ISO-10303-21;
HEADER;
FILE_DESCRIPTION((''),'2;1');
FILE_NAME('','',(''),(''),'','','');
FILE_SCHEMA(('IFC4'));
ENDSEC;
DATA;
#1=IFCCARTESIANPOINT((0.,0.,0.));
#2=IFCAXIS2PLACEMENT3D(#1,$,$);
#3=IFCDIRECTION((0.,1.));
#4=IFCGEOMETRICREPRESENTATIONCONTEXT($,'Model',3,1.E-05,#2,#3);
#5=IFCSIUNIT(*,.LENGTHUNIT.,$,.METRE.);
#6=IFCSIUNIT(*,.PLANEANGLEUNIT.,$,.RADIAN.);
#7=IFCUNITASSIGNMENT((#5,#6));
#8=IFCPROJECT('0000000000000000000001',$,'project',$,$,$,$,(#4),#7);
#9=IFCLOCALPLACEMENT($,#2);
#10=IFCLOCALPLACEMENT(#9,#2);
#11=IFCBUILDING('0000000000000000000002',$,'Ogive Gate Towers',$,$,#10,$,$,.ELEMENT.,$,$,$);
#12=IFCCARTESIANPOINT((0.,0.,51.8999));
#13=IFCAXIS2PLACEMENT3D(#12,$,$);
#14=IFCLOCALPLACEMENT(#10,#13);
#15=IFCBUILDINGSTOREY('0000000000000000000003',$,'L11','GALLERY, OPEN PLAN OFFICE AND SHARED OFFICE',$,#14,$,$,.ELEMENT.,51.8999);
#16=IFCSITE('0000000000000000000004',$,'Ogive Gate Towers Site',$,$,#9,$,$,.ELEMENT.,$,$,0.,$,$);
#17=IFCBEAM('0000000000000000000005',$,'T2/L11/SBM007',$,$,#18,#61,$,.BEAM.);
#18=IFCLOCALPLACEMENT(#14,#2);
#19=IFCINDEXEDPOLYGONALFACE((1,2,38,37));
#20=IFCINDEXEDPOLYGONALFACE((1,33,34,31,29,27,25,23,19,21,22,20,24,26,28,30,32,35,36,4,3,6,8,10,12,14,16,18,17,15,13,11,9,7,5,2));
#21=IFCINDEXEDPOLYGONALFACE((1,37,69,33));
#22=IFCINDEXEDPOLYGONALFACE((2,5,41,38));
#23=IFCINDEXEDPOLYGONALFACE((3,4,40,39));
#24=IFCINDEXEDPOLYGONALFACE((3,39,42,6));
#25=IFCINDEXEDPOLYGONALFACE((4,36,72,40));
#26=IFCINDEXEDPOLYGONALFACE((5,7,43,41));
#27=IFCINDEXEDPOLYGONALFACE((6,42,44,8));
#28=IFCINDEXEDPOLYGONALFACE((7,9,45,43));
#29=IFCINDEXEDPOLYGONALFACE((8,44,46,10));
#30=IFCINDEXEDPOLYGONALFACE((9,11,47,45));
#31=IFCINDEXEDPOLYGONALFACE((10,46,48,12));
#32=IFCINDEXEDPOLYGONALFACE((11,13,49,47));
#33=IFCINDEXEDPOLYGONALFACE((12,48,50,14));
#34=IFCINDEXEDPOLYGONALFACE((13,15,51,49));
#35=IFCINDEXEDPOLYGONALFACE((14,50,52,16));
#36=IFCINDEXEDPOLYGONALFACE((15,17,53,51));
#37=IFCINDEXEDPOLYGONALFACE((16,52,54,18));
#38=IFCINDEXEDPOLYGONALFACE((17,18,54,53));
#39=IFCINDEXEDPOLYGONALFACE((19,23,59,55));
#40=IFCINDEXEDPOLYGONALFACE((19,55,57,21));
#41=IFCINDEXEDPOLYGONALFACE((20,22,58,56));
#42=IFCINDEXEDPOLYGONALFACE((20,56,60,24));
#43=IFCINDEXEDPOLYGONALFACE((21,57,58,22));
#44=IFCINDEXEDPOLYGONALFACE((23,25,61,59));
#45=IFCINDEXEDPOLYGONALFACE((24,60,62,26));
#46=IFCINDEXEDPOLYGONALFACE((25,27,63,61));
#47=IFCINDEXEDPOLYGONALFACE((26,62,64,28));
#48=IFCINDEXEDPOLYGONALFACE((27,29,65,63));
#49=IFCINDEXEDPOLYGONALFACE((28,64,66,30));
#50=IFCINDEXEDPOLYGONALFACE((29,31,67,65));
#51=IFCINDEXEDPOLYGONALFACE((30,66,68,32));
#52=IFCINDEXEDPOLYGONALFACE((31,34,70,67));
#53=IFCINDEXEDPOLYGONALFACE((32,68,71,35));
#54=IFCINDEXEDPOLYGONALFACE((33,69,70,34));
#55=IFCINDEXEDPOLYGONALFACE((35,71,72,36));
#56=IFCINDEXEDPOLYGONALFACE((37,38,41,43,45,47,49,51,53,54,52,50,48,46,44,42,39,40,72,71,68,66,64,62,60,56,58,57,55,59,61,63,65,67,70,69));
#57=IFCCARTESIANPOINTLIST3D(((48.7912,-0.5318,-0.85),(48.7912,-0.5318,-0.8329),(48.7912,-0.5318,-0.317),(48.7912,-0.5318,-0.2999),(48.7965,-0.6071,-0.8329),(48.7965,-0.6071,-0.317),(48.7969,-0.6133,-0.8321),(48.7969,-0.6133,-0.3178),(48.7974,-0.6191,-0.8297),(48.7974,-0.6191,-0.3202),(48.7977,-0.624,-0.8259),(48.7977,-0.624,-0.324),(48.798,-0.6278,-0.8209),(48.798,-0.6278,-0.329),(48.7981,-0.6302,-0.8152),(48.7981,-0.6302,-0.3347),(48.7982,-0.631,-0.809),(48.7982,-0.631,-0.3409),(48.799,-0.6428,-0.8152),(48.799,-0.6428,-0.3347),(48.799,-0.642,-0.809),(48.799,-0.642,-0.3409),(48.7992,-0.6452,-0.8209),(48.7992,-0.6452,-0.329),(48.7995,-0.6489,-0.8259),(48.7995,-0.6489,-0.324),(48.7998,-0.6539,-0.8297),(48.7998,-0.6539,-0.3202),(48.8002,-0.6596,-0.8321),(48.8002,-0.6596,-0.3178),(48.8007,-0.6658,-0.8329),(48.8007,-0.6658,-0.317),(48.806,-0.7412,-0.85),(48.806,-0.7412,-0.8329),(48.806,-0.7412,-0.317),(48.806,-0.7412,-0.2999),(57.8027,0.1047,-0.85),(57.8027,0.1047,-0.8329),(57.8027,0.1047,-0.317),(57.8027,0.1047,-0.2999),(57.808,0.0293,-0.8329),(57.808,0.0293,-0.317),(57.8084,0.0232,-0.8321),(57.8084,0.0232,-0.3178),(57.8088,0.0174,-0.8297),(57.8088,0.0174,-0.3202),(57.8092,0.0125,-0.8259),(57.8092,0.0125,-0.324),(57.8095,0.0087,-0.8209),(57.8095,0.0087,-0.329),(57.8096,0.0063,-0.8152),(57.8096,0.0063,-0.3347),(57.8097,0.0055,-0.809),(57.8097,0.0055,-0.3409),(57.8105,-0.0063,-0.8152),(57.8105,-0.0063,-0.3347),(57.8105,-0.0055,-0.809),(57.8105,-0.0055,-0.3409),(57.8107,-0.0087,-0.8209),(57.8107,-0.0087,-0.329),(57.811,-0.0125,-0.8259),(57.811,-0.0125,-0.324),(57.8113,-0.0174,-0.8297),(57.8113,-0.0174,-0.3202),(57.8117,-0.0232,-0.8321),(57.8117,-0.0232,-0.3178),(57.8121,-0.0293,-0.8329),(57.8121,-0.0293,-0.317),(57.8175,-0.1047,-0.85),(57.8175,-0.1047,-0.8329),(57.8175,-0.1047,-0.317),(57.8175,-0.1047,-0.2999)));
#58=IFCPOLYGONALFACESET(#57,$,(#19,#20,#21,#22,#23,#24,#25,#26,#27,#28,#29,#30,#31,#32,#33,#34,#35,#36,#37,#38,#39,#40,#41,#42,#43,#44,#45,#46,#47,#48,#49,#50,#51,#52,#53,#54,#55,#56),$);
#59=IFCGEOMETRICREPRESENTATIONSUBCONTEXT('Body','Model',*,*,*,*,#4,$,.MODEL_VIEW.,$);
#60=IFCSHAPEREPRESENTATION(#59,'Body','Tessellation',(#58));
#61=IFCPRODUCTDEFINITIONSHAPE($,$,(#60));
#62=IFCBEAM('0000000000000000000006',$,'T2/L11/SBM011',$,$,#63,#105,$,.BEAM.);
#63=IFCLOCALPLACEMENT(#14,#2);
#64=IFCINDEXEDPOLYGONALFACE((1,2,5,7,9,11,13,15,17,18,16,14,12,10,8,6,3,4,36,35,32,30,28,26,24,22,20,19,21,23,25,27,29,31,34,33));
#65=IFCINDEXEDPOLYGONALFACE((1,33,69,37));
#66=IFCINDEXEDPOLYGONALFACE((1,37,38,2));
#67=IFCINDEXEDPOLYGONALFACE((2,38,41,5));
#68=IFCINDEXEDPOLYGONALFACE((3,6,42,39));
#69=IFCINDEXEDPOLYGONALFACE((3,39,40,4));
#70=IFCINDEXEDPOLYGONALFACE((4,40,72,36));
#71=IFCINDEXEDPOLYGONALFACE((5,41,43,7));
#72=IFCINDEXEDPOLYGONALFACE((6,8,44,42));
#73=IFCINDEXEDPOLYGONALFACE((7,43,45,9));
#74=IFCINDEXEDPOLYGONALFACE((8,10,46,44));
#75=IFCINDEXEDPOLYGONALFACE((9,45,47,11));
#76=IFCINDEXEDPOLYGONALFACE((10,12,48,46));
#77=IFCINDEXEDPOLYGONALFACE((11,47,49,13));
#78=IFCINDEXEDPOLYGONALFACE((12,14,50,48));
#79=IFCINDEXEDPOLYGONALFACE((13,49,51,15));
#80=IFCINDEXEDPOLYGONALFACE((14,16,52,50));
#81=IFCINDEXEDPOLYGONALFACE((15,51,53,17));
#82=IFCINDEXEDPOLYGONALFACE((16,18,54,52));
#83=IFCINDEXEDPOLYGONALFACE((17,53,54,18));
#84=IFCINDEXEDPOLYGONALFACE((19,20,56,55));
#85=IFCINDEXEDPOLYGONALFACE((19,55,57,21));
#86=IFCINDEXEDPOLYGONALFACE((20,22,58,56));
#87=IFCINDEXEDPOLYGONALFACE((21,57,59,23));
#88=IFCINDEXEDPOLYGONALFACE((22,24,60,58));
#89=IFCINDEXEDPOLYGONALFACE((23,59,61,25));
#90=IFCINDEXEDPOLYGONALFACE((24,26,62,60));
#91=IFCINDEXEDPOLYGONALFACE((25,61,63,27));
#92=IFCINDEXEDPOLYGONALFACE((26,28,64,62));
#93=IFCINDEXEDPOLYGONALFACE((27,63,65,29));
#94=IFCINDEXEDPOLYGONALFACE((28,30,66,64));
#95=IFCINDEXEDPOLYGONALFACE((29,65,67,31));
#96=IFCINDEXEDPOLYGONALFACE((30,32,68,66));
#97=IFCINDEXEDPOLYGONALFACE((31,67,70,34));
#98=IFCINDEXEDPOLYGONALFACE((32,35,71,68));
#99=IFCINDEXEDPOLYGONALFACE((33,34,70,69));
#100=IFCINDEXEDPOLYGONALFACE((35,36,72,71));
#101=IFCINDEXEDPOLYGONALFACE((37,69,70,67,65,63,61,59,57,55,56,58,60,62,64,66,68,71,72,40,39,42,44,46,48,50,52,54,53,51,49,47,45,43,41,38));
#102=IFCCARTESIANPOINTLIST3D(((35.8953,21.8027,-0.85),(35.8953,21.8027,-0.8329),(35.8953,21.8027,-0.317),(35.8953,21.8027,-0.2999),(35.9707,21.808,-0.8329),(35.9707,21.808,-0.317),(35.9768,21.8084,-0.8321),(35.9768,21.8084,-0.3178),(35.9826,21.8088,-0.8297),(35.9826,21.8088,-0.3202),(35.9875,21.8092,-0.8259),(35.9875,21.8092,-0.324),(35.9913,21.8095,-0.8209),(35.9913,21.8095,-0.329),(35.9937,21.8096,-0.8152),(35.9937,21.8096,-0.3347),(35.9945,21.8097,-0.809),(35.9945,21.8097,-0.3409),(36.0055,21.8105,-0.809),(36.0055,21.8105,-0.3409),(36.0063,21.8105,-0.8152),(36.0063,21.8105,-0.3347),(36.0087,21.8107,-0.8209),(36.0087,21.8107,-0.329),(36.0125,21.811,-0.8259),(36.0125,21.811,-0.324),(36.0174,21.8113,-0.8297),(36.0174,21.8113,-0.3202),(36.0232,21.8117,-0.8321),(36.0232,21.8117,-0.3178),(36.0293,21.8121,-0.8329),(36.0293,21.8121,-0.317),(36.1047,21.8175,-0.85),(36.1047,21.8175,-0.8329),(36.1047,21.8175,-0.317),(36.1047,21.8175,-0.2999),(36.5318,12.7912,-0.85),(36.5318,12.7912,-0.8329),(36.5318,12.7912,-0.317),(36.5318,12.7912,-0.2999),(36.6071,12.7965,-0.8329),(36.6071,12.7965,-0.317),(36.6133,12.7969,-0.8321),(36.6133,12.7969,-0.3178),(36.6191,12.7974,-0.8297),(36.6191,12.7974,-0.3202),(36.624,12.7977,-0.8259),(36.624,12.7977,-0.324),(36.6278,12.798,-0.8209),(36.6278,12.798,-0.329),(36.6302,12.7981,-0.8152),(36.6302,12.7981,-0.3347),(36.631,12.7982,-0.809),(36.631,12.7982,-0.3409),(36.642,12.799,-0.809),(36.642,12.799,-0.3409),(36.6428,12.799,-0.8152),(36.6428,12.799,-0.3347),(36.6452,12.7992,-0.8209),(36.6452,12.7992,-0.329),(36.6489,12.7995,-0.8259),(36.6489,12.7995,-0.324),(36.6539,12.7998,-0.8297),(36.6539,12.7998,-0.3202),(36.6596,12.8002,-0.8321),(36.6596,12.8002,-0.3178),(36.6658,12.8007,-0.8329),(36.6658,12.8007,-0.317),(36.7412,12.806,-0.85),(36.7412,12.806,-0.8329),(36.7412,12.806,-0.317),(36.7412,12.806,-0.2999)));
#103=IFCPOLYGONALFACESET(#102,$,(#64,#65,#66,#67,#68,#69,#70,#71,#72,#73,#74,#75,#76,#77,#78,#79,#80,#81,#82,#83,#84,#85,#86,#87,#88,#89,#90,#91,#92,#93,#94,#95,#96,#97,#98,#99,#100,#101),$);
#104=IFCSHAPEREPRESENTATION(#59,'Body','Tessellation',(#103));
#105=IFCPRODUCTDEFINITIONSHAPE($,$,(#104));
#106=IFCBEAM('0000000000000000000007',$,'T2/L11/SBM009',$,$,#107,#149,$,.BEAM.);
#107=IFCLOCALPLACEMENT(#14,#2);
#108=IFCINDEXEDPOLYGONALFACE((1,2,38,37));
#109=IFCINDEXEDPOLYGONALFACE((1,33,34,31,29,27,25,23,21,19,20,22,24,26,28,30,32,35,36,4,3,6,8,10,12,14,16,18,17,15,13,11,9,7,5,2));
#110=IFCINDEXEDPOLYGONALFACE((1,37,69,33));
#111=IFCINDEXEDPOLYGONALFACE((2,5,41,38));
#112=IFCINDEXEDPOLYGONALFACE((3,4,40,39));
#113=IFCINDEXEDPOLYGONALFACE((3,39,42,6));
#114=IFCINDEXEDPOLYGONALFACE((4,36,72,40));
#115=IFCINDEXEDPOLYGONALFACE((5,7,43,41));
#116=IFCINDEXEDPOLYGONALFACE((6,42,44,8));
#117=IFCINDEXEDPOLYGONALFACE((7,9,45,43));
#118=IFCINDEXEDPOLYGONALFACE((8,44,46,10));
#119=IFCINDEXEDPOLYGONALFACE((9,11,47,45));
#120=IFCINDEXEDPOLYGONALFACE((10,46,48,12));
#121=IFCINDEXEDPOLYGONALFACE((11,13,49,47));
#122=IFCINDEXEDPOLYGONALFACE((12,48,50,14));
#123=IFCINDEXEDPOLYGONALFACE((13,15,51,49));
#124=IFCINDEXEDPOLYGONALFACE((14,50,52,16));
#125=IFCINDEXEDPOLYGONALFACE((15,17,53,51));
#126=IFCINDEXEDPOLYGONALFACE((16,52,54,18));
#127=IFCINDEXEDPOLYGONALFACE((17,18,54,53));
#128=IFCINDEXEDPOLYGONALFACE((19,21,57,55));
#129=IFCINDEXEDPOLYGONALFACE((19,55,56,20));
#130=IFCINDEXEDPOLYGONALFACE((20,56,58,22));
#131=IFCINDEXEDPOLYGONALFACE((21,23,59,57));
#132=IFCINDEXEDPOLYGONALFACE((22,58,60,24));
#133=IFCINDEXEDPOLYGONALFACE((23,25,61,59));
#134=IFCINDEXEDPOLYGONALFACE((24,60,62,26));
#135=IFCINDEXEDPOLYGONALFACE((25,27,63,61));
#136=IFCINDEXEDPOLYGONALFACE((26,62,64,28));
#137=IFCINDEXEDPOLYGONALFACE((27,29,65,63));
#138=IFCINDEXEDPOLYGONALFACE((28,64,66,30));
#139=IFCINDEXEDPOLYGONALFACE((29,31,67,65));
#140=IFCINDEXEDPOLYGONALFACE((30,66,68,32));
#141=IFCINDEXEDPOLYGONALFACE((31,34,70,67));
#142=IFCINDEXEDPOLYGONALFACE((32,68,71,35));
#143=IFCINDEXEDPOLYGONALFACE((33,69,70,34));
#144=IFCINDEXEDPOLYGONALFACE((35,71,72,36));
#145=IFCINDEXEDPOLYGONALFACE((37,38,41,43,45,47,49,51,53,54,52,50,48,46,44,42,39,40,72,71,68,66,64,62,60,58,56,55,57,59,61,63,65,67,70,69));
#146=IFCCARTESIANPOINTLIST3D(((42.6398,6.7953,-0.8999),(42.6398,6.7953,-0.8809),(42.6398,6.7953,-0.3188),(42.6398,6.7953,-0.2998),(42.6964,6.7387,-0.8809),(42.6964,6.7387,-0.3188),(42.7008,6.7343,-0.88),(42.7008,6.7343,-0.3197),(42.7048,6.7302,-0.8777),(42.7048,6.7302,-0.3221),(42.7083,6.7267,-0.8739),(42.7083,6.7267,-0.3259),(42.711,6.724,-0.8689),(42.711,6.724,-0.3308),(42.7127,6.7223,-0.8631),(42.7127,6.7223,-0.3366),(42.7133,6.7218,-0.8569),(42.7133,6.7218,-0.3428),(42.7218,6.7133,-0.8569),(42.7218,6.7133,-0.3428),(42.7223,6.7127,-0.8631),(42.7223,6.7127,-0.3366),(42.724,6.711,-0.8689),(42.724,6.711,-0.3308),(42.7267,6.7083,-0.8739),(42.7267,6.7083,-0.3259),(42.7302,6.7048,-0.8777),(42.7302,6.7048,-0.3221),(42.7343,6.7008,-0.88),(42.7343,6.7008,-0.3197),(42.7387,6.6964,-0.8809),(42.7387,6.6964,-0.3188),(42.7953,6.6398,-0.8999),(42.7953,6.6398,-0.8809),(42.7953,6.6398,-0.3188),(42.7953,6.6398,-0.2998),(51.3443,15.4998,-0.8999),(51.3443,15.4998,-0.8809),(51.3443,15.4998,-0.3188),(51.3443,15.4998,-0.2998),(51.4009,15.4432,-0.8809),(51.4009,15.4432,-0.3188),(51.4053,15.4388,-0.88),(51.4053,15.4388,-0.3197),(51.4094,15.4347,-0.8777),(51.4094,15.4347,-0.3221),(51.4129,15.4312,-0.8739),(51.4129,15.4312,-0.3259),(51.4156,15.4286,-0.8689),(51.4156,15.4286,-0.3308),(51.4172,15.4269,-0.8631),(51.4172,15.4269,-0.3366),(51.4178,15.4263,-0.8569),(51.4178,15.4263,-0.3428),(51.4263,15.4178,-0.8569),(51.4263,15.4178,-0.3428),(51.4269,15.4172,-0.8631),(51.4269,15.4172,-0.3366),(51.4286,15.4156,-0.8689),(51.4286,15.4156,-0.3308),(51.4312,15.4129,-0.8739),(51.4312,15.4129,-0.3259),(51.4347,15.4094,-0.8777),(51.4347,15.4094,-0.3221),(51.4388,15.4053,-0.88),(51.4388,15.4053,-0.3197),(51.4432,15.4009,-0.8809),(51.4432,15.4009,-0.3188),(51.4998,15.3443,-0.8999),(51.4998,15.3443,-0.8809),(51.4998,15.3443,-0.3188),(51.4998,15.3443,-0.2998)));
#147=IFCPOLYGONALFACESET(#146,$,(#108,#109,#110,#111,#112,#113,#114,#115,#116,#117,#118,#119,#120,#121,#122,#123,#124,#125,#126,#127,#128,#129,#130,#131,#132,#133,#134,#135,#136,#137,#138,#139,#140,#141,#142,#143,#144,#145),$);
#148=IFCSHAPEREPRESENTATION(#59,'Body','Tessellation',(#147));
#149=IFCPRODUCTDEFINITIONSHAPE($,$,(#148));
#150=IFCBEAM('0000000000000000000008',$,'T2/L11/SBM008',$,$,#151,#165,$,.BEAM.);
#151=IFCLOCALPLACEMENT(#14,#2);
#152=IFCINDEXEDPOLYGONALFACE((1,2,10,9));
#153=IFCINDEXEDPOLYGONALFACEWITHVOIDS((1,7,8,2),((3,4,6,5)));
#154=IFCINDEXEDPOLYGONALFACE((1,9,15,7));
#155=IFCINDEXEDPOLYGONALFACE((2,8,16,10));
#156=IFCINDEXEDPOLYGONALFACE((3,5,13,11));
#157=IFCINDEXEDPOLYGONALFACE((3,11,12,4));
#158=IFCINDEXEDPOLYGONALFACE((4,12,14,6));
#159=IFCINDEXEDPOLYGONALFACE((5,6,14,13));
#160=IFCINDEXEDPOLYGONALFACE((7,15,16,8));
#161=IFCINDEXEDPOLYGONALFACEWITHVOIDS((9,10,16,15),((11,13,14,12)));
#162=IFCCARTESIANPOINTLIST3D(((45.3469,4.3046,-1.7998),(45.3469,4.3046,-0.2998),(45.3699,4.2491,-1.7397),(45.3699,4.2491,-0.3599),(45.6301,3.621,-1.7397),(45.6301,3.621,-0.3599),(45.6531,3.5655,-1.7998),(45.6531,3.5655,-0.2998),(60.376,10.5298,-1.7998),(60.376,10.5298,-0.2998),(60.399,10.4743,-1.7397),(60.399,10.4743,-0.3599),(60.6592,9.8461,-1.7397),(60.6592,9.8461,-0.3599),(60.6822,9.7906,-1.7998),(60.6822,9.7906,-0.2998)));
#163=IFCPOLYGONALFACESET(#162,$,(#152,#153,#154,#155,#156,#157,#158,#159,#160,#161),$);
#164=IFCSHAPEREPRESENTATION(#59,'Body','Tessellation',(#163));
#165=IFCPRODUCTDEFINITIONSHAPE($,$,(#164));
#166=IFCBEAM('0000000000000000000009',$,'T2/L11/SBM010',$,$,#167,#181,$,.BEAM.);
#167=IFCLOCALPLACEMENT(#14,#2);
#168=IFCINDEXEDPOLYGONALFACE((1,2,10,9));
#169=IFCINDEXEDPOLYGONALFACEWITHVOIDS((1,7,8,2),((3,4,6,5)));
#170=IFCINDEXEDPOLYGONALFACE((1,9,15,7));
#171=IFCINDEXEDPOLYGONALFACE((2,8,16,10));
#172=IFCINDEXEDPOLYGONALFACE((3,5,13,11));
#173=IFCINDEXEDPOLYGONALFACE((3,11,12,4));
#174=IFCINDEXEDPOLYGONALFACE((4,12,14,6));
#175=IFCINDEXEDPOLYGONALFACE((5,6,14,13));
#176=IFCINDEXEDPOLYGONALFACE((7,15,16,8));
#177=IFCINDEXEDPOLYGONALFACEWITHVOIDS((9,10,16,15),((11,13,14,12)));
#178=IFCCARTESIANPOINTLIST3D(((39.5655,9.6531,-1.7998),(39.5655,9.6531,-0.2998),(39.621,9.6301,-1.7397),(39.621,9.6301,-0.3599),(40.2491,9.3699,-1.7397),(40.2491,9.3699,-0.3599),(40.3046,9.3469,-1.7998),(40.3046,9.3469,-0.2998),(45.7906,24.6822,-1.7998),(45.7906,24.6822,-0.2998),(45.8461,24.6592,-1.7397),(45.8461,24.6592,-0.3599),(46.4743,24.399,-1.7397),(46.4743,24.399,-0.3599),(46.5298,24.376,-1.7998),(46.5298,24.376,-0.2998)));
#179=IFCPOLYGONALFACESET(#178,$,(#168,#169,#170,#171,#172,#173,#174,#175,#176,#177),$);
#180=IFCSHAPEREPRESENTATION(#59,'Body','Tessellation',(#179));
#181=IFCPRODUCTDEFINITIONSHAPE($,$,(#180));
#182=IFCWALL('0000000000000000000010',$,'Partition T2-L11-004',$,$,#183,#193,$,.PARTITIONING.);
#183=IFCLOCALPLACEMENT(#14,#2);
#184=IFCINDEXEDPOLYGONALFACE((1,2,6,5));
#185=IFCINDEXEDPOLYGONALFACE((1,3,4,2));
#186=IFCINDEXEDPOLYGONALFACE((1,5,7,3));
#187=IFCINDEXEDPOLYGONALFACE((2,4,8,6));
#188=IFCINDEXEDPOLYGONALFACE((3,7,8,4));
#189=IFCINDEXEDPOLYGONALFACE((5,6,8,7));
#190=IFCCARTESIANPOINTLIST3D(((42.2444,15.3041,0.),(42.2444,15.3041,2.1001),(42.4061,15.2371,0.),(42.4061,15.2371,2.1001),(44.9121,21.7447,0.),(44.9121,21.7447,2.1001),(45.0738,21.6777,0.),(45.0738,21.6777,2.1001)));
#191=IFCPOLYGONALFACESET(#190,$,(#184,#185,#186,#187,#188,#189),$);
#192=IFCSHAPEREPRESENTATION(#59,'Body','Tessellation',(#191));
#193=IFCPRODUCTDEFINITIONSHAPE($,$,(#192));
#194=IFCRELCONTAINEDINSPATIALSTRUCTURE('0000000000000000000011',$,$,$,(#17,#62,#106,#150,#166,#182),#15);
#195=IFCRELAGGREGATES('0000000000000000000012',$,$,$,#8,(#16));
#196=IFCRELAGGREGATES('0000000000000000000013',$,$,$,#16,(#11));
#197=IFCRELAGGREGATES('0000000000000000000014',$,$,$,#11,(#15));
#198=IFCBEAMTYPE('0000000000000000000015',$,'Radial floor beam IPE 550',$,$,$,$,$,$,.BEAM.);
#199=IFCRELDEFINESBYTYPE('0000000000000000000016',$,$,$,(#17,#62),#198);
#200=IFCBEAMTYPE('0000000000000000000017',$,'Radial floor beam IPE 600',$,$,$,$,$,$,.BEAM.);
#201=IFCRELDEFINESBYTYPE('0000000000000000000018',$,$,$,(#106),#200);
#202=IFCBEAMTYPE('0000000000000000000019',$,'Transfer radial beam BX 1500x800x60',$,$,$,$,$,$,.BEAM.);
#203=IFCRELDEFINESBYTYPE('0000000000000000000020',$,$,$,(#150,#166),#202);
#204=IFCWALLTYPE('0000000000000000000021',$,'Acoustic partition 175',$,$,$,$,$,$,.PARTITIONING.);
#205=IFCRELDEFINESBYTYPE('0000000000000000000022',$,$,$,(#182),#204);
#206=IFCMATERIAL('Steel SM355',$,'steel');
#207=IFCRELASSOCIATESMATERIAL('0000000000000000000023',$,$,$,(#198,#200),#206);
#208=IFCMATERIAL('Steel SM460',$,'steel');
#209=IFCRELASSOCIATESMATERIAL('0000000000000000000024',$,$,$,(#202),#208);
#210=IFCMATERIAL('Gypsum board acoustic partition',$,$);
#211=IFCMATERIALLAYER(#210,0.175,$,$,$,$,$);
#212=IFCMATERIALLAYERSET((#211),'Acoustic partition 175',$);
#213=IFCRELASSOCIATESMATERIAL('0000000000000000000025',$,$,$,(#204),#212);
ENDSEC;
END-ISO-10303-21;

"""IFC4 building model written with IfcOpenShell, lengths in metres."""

from ifc_helpers import new_model, si_unit, direction, frame, frame_2d, origin, origin_2d, place, context, subcontext, project, spatial, rectangle, hollow_rectangle, i_section, extrude, material, layer, layer_set, material_profile, profile_set, type_object, element, save


model = new_model("IFC4")

# Units and contexts
model_context = context("Model", 3, precision=1e-05, world=origin(), true_north=direction((0.0, 1.0)))
body_context = subcontext(model_context, "Body", "Model", "MODEL_VIEW")
ifc_project = project(units=[si_unit("LENGTHUNIT", "METRE"), si_unit("PLANEANGLEUNIT", "RADIAN")], contexts=[model_context])

# Site, building, storey
site_placement = place(None, origin())
site = spatial("IfcSite", under=ifc_project, at=site_placement, Name="Ogive Gate Towers Site", CompositionType="ELEMENT", RefElevation=0.0)
building_placement = place(site_placement, origin())
building = spatial("IfcBuilding", under=site, at=building_placement, Name="Ogive Gate Towers", CompositionType="ELEMENT")
storey_placement = place(building_placement, frame((0.0, 0.0, 51.8999)))
storey = spatial("IfcBuildingStorey", under=building, at=storey_placement, Name="L11", Description="GALLERY, OPEN PLAN OFFICE AND SHARED OFFICE", CompositionType="ELEMENT", Elevation=51.8999)

# Shared definitions
ifc_material_1 = material(Name="Steel SM460", Category="steel")

# Beams
ifc_material_2 = material(Name="Steel SM355", Category="steel")
ifc_material_profile_1 = material_profile(ifc_material_2, i_section(OverallWidth=0.21, OverallDepth=0.55, WebThickness=0.011, FlangeThickness=0.0171, FilletRadius=0.0239, at=origin_2d()), Name="IPE 550")
ifc_profile_set_1 = profile_set([ifc_material_profile_1], Name="Steel SM355")
beam_type_1 = type_object("IfcBeamType", Name="Radial floor beam IPE 550", PredefinedType="BEAM", material=ifc_profile_set_1)
for number, where, z_axis, x_axis, name in (
    (1, (48.7986, -0.6365, -0.575), (0.997515, 0.070454, 0.0), (-0.070454, 0.997515, 0.0), "T2/L11/SBM007"),
    (2, (36.6365, 12.7986, -0.575), (-0.070454, 0.997515, 0.0), (-0.997515, -0.070454, 0.0), "T2/L11/SBM011"),
):
    element("IfcBeam", number, at=place(storey_placement, frame(where, z_axis=z_axis, x_axis=x_axis)), inside=storey, type_object=beam_type_1, Name=name, PredefinedType="BEAM", context=body_context, shape_type="SweptSolid", body=[
        extrude(i_section(OverallWidth=0.21, OverallDepth=0.55, WebThickness=0.011, FlangeThickness=0.0171, FilletRadius=0.0239, at=origin_2d()), origin(), (0.0, 0.0, 1.0), 9.0339),
    ])
ifc_material_profile_2 = material_profile(ifc_material_2, i_section(OverallWidth=0.22, OverallDepth=0.6001, WebThickness=0.012, FlangeThickness=0.019, FilletRadius=0.0239, at=origin_2d()), Name="IPE 600")
ifc_profile_set_2 = profile_set([ifc_material_profile_2], Name="Steel SM355")
beam_type_2 = type_object("IfcBeamType", Name="Radial floor beam IPE 600", PredefinedType="BEAM", material=ifc_profile_set_2)
beam_1_placement = place(storey_placement, frame((42.7175, 6.7175, -0.5999), z_axis=(0.707107, 0.707107, 0.0), x_axis=(-0.707107, 0.707107, 0.0)))
element("IfcBeam", 3, at=beam_1_placement, inside=storey, type_object=beam_type_2, Name="T2/L11/SBM009", PredefinedType="BEAM", context=body_context, shape_type="SweptSolid", body=[
    extrude(i_section(OverallWidth=0.22, OverallDepth=0.6001, WebThickness=0.012, FlangeThickness=0.019, FilletRadius=0.0239, at=origin_2d()), origin(), (0.0, 0.0, 1.0), 12.3101),
])
ifc_material_profile_3 = material_profile(ifc_material_1, hollow_rectangle(XDim=0.8, YDim=1.5, WallThickness=0.0601, at=origin_2d()), Name="BX 1500x800x60")
ifc_profile_set_3 = profile_set([ifc_material_profile_3], Name="Steel SM460")
beam_type_3 = type_object("IfcBeamType", Name="Transfer radial beam BX 1500x800x60", PredefinedType="BEAM", material=ifc_profile_set_3)
for number, where, z_axis, x_axis, name in (
    (4, (45.5, 3.9351, -1.0498), (0.923883, 0.382676, 0.0), (-0.382676, 0.923883, 0.0), "T2/L11/SBM008"),
    (5, (39.9351, 9.5, -1.0498), (0.382676, 0.923883, 0.0), (-0.923883, 0.382676, 0.0), "T2/L11/SBM010"),
):
    element("IfcBeam", number, at=place(storey_placement, frame(where, z_axis=z_axis, x_axis=x_axis)), inside=storey, type_object=beam_type_3, Name=name, PredefinedType="BEAM", context=body_context, shape_type="SweptSolid", body=[
        extrude(hollow_rectangle(XDim=0.8, YDim=1.5, WallThickness=0.0601, at=origin_2d()), origin(), (0.0, 0.0, 1.0), 16.2673),
    ])

# Wall
ifc_material_3 = material(Name="Gypsum board acoustic partition")
ifc_layer_1 = layer(ifc_material_3, 0.175)
ifc_layer_set_1 = layer_set([ifc_layer_1], Name="Acoustic partition 175")
wall_type_1 = type_object("IfcWallType", Name="Acoustic partition 175", PredefinedType="PARTITIONING", material=ifc_layer_set_1)
wall_1_placement = place(storey_placement, frame((44.9929, 21.7112, 0.0), z_axis=(0.0, 0.0, 1.0), x_axis=(-0.382672, -0.923884, 0.0)))
element("IfcWall", 6, at=wall_1_placement, inside=storey, type_object=wall_type_1, Name="Partition T2-L11-004", PredefinedType="PARTITIONING", context=body_context, shape_type="SweptSolid", body=[
    extrude(rectangle(XDim=6.9712, YDim=0.175, at=frame_2d((3.4856, 0.0))), origin(), (0.0, 0.0, 1.0), 2.1001),
])

save(model, "model.ifc")
